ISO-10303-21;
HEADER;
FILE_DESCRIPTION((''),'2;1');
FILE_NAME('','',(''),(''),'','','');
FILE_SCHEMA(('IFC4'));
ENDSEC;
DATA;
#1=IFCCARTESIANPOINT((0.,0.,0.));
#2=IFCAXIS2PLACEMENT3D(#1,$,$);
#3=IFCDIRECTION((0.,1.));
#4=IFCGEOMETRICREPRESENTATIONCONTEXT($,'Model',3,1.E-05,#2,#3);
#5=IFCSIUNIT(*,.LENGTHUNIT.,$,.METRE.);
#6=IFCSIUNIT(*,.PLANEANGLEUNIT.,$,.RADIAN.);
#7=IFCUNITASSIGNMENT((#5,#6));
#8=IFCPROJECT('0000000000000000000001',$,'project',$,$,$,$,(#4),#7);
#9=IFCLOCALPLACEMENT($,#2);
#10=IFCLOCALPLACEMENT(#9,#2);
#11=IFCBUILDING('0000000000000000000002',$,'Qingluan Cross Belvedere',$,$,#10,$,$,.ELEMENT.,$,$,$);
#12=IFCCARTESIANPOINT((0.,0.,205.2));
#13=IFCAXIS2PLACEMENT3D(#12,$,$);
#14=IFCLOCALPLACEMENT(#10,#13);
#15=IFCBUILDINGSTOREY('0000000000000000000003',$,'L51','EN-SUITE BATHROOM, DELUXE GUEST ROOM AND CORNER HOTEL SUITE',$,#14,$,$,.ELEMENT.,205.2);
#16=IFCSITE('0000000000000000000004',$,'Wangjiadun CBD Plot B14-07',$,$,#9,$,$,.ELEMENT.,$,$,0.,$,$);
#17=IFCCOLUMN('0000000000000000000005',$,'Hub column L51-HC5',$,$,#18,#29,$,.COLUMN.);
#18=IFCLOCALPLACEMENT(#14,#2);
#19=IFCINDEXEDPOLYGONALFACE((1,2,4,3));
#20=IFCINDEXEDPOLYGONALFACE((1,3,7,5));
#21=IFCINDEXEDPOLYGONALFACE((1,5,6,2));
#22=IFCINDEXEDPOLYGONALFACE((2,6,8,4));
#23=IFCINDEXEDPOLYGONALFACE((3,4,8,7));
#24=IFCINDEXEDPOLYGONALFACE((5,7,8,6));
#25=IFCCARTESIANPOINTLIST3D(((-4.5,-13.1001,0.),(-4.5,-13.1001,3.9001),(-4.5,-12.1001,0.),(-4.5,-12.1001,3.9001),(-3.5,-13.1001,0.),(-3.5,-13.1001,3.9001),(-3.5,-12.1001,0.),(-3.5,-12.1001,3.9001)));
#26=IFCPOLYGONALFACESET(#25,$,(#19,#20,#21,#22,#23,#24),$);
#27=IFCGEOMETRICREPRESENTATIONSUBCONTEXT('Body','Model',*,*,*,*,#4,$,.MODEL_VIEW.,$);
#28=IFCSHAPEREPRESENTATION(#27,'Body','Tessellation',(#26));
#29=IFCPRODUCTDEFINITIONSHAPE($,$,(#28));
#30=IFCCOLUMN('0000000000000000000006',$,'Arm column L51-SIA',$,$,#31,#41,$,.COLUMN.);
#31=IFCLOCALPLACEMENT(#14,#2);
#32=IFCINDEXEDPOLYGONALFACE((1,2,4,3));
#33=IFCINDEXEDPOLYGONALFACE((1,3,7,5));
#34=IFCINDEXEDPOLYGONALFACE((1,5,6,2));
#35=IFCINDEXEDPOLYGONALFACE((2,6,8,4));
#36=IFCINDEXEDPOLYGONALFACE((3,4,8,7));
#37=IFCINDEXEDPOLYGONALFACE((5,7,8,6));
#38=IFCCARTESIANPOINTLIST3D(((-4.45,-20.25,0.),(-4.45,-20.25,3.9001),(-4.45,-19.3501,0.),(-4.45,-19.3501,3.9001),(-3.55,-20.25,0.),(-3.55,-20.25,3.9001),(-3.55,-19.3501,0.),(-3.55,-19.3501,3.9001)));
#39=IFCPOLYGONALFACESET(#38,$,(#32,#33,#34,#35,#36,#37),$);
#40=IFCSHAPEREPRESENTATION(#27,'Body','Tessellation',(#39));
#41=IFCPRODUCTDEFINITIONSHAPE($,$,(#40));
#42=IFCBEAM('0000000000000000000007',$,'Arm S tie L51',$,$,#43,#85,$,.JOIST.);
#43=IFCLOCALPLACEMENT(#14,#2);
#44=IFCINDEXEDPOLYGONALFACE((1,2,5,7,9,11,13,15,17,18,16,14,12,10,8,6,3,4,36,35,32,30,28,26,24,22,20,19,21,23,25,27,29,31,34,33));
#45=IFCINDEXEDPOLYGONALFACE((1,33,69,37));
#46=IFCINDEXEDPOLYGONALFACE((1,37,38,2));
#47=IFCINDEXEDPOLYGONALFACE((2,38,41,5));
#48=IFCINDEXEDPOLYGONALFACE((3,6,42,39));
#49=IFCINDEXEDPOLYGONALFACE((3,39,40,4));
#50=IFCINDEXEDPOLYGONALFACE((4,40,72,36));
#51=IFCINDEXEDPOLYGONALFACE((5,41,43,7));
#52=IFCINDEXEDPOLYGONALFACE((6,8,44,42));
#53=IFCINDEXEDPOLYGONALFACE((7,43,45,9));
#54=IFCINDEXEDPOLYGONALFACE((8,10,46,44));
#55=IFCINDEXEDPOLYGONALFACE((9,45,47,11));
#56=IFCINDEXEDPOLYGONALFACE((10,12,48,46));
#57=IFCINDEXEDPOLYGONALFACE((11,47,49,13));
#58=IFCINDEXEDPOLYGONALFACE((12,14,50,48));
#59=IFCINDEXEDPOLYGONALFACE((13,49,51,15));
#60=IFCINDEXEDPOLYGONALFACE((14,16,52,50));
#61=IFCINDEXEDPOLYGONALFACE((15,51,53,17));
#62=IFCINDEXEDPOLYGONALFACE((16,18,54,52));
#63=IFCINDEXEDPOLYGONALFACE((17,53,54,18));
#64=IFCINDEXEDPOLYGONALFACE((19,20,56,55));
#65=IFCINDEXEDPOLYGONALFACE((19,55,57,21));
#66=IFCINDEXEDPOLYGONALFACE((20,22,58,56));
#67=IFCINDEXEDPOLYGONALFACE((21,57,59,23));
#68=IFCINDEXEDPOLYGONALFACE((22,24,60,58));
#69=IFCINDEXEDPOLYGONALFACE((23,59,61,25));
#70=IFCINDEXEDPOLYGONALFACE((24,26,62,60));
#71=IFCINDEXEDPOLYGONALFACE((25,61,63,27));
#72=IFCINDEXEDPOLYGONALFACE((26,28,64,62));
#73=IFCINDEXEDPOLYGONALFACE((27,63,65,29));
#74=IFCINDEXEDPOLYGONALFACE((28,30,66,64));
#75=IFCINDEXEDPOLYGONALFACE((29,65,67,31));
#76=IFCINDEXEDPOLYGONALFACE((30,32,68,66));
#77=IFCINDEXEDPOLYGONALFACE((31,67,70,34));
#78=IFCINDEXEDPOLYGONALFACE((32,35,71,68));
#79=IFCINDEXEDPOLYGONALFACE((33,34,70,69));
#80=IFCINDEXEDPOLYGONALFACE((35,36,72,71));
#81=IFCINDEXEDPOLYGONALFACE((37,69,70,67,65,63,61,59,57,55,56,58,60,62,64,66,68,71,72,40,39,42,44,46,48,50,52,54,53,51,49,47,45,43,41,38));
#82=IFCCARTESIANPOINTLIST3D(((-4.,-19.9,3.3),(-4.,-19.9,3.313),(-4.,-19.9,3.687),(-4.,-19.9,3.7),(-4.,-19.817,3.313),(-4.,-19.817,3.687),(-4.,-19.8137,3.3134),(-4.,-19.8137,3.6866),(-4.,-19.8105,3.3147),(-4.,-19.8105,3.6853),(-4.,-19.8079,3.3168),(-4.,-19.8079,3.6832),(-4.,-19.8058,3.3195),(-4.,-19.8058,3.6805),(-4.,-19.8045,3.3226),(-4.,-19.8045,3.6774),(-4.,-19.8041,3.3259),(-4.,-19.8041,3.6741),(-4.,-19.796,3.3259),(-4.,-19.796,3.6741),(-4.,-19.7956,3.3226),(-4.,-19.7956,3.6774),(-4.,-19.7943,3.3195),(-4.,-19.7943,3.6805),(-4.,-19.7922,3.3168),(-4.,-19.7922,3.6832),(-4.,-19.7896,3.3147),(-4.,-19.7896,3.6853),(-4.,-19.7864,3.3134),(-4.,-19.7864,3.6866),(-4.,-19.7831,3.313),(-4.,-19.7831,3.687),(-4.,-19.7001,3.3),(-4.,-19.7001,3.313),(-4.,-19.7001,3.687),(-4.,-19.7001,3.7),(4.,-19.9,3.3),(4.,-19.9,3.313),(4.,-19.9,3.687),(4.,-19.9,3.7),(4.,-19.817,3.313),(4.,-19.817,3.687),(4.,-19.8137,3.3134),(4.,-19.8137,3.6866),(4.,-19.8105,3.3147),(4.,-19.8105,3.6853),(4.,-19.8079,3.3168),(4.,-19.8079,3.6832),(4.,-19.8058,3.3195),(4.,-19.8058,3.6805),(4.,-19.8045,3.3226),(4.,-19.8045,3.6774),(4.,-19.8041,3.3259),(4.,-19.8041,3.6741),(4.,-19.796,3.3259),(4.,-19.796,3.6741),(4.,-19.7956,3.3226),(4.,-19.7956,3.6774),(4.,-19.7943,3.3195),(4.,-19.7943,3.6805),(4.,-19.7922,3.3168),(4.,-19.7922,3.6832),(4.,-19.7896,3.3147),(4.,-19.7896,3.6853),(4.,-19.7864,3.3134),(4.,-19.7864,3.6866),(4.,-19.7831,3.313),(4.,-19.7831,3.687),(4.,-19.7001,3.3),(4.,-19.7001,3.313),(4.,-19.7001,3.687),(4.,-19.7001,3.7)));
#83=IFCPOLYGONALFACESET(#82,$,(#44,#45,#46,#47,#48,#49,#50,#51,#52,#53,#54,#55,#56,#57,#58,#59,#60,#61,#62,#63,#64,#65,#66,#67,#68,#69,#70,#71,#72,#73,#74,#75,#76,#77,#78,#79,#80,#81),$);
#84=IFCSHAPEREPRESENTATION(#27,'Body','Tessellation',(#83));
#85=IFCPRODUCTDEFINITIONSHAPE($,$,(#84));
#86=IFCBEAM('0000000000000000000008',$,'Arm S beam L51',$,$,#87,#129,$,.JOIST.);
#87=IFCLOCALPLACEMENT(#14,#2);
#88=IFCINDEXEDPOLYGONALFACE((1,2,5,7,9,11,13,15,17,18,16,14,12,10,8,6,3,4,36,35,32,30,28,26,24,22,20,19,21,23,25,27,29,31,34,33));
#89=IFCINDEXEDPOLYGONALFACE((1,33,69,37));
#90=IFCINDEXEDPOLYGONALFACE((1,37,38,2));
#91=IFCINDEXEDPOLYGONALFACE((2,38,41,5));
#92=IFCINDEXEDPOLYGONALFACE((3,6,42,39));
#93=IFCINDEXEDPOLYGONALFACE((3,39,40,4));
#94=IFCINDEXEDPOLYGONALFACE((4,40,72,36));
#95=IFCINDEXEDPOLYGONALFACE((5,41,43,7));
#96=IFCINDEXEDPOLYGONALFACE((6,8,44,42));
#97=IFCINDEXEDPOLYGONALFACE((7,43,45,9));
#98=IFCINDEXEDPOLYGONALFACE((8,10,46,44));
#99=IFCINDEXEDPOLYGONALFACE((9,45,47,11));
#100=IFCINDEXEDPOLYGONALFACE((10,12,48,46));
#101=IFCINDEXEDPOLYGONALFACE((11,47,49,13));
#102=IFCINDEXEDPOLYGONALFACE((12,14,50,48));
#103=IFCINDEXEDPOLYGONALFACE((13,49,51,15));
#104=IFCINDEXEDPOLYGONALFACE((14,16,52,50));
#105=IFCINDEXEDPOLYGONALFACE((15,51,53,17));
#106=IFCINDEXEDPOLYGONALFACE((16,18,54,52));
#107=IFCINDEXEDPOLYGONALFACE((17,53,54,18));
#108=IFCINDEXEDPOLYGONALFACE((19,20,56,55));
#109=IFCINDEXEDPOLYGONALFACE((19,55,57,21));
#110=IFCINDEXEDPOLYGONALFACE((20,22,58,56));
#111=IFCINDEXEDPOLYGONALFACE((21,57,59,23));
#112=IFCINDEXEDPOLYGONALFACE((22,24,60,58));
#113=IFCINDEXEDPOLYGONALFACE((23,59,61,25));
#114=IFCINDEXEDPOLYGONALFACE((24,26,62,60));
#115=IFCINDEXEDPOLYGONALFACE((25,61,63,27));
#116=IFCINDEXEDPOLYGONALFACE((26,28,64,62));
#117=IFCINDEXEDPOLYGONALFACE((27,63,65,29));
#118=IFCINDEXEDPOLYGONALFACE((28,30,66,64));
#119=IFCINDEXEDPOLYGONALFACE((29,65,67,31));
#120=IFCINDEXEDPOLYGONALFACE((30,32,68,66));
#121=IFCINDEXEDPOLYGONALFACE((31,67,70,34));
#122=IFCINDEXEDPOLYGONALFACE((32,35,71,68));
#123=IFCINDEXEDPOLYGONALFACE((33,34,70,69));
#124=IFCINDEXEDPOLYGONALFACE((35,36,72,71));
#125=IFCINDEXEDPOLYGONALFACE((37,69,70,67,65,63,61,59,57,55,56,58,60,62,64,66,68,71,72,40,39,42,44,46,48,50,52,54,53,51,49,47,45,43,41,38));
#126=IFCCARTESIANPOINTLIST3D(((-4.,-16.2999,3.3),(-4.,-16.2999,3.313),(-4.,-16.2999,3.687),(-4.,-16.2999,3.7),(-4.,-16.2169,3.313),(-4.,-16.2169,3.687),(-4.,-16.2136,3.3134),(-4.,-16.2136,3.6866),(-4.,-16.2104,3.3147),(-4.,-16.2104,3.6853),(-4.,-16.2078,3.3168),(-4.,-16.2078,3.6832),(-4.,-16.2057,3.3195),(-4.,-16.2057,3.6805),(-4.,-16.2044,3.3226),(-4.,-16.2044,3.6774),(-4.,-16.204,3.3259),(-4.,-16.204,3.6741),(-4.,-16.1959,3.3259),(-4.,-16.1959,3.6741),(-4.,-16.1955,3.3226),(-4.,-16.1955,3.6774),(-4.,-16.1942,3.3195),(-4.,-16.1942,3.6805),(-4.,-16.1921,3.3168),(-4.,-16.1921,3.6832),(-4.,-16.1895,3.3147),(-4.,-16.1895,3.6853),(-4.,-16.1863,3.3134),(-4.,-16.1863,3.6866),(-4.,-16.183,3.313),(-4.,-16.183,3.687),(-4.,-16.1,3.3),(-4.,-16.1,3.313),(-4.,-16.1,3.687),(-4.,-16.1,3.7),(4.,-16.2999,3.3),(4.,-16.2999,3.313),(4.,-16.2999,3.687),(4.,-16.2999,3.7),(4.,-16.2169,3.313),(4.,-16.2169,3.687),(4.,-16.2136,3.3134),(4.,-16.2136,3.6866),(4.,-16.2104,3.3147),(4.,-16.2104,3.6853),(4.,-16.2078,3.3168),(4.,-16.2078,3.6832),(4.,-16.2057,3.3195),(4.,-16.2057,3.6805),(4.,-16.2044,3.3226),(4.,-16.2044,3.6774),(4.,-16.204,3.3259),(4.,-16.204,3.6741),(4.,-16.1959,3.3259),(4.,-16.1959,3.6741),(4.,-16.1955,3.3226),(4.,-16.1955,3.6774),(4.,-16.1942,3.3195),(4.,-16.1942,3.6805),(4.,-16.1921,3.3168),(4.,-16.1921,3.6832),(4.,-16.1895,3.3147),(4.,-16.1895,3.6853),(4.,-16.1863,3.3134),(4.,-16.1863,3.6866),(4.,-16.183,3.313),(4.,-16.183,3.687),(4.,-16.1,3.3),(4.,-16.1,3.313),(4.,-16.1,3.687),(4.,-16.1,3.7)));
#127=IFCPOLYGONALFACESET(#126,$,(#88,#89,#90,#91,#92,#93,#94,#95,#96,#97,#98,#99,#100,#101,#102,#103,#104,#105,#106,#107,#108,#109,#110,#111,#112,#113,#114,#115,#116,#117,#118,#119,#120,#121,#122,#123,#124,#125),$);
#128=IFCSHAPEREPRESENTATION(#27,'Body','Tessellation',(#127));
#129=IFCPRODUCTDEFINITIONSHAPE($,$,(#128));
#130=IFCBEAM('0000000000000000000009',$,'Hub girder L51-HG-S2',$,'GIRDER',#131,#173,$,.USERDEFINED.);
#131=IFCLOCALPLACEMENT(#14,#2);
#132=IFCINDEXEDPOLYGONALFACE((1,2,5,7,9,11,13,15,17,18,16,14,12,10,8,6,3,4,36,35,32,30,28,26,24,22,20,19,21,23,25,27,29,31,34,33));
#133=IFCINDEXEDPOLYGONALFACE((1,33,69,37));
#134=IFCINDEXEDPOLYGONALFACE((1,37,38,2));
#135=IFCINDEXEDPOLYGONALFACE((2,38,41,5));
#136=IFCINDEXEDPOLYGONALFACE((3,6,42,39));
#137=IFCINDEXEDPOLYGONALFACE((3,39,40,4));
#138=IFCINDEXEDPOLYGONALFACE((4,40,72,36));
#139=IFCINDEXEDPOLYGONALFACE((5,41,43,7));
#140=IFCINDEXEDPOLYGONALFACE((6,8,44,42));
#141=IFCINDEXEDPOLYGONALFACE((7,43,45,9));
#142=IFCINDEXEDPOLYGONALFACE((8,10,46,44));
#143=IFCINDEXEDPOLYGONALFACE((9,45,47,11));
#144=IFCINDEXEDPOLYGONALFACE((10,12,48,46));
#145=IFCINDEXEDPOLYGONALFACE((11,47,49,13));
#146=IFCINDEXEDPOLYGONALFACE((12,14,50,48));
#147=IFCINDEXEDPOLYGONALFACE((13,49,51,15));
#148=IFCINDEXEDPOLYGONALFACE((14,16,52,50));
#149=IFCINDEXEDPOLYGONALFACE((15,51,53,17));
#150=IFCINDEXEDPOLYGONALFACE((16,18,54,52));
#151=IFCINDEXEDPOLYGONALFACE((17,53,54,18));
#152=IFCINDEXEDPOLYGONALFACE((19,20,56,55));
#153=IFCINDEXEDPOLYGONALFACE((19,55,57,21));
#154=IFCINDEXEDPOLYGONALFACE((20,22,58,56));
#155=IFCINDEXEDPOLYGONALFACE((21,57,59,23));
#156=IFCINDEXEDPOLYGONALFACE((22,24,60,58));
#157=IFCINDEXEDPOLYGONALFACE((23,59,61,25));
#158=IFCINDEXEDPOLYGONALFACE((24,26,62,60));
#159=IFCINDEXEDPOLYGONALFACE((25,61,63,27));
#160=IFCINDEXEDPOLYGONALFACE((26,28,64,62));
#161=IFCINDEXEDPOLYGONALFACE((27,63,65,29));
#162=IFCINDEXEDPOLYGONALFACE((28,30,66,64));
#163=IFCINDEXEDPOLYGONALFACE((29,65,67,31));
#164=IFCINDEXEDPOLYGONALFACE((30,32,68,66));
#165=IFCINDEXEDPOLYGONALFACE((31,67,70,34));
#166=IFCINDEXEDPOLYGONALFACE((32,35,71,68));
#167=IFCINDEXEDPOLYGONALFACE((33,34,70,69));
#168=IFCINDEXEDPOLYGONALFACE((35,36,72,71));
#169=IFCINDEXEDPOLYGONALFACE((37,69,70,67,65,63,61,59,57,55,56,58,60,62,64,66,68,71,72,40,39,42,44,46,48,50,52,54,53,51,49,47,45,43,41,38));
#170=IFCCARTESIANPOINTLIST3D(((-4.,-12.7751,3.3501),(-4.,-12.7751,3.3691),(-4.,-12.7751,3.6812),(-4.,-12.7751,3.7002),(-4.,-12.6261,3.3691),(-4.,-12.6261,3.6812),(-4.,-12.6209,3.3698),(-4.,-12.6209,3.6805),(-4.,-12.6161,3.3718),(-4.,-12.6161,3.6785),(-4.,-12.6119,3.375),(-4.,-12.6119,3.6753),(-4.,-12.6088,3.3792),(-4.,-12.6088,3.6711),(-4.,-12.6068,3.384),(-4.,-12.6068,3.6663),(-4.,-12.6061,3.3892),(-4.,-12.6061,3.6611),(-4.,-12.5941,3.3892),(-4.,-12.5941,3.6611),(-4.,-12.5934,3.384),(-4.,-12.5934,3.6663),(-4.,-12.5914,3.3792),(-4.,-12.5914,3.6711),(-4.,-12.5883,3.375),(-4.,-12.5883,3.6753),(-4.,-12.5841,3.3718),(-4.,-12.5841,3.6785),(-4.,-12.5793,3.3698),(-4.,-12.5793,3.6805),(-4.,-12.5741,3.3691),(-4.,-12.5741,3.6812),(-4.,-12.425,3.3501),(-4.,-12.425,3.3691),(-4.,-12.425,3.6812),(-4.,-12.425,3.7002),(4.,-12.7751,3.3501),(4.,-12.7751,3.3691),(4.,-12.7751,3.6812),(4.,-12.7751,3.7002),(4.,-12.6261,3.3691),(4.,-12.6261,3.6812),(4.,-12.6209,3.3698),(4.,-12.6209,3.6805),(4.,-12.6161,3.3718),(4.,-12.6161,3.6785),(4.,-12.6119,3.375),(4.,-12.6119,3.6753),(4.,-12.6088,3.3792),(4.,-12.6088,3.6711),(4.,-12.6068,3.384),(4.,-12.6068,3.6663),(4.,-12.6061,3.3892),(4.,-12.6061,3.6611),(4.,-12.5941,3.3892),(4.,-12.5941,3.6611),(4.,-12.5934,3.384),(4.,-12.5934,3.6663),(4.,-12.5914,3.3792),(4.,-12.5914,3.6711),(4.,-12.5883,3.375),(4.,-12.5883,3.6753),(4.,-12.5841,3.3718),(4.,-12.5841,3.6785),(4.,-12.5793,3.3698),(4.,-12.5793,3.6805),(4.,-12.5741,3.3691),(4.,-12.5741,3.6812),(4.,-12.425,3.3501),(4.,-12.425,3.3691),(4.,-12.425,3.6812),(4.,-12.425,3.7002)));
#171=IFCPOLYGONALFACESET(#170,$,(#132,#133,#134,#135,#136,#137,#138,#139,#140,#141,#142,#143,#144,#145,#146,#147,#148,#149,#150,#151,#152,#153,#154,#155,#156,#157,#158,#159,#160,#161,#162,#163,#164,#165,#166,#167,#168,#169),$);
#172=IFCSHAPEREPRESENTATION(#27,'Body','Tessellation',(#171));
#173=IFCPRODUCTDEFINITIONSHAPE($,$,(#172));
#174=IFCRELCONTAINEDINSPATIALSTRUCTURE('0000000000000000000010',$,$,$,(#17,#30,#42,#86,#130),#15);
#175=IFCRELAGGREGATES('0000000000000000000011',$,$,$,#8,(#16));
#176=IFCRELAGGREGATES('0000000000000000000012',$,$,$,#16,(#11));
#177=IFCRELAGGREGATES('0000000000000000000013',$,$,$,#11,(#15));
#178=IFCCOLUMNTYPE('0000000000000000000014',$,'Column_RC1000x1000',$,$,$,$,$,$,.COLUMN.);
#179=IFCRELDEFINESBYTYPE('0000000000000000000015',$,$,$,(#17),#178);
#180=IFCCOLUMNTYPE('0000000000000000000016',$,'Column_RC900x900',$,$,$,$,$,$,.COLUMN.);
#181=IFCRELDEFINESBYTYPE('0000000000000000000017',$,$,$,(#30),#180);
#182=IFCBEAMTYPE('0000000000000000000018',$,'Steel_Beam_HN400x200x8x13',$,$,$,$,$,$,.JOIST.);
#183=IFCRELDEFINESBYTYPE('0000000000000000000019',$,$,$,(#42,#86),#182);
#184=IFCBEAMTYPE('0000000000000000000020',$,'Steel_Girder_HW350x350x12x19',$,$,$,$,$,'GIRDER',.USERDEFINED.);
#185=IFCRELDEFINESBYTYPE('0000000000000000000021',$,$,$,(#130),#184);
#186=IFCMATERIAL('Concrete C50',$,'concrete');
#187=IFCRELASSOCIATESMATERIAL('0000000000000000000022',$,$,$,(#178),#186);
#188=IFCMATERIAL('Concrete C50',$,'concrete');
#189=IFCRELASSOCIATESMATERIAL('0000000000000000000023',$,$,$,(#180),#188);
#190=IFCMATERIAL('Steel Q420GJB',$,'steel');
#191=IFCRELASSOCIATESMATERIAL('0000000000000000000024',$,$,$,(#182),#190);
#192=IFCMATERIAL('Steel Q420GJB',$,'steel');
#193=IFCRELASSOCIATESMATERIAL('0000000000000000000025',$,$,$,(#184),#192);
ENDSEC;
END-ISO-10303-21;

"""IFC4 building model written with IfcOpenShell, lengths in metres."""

from ifc_helpers import new_model, si_unit, direction, frame, origin, origin_2d, place, context, subcontext, project, spatial, rectangle, i_section, extrude, material, material_profile, profile_set, type_object, element, save


model = new_model("IFC4")

# Units and contexts
model_context = context("Model", 3, precision=1e-05, world=origin(), true_north=direction((0.0, 1.0)))
body_context = subcontext(model_context, "Body", "Model", "MODEL_VIEW")
ifc_project = project(units=[si_unit("LENGTHUNIT", "METRE"), si_unit("PLANEANGLEUNIT", "RADIAN")], contexts=[model_context])

# Site, building, storey
site_placement = place(None, origin())
site = spatial("IfcSite", under=ifc_project, at=site_placement, Name="Wangjiadun CBD Plot B14-07", CompositionType="ELEMENT", RefElevation=0.0)
building_placement = place(site_placement, origin())
building = spatial("IfcBuilding", under=site, at=building_placement, Name="Qingluan Cross Belvedere", CompositionType="ELEMENT")
storey_placement = place(building_placement, frame((0.0, 0.0, 205.2)))
storey = spatial("IfcBuildingStorey", under=building, at=storey_placement, Name="L51", Description="EN-SUITE BATHROOM, DELUXE GUEST ROOM AND CORNER HOTEL SUITE", CompositionType="ELEMENT", Elevation=205.2)

# Columns
ifc_material_1 = material(Name="Concrete C50", Category="concrete")
ifc_material_profile_1 = material_profile(ifc_material_1, rectangle(XDim=1.0, YDim=1.0, at=origin_2d()), Name="RC1000x1000")
ifc_profile_set_1 = profile_set([ifc_material_profile_1], Name="Concrete C50")
column_type_1 = type_object("IfcColumnType", Name="Column_RC1000x1000", PredefinedType="COLUMN", material=ifc_profile_set_1)
column_1_placement = place(storey_placement, frame((-4.0, -12.6001, 0.0), z_axis=(0.0, 0.0, 1.0), x_axis=(1.0, 0.0, 0.0)))
element("IfcColumn", 1, at=column_1_placement, inside=storey, type_object=column_type_1, Name="Hub column L51-HC5", PredefinedType="COLUMN", context=body_context, shape_type="SweptSolid", body=[
    extrude(rectangle(XDim=1.0, YDim=1.0, at=origin_2d()), origin(), (0.0, 0.0, 1.0), 3.9001),
])
ifc_material_2 = material(Name="Concrete C50", Category="concrete")
ifc_material_profile_2 = material_profile(ifc_material_2, rectangle(XDim=0.8999, YDim=0.8999, at=origin_2d()), Name="RC900x900")
ifc_profile_set_2 = profile_set([ifc_material_profile_2], Name="Concrete C50")
column_type_2 = type_object("IfcColumnType", Name="Column_RC900x900", PredefinedType="COLUMN", material=ifc_profile_set_2)
column_2_placement = place(storey_placement, frame((-4.0, -19.8, 0.0), z_axis=(0.0, 0.0, 1.0), x_axis=(1.0, 0.0, 0.0)))
element("IfcColumn", 2, at=column_2_placement, inside=storey, type_object=column_type_2, Name="Arm column L51-SIA", PredefinedType="COLUMN", context=body_context, shape_type="SweptSolid", body=[
    extrude(rectangle(XDim=0.8999, YDim=0.8999, at=origin_2d()), origin(), (0.0, 0.0, 1.0), 3.9001),
])

# Beams
ifc_material_3 = material(Name="Steel Q420GJB", Category="steel")
ifc_material_profile_3 = material_profile(ifc_material_3, i_section(OverallWidth=0.2, OverallDepth=0.3999, WebThickness=0.0081, FlangeThickness=0.0129, FilletRadius=0.0129, at=origin_2d()), Name="HN400x200x8x13")
ifc_profile_set_3 = profile_set([ifc_material_profile_3], Name="Steel Q420GJB")
beam_type_1 = type_object("IfcBeamType", Name="Steel_Beam_HN400x200x8x13", PredefinedType="JOIST", material=ifc_profile_set_3)
for number, where, z_axis, x_axis, name in (
    (3, (-4.0, -19.8, 3.5), (1.0, 0.0, 0.0), (0.0, 1.0, 0.0), "Arm S tie L51"),
    (4, (-4.0, -16.2, 3.5), (1.0, 0.0, 0.0), (0.0, 1.0, 0.0), "Arm S beam L51"),
):
    element("IfcBeam", number, at=place(storey_placement, frame(where, z_axis=z_axis, x_axis=x_axis)), inside=storey, type_object=beam_type_1, Name=name, PredefinedType="JOIST", context=body_context, shape_type="SweptSolid", body=[
        extrude(i_section(OverallWidth=0.2, OverallDepth=0.3999, WebThickness=0.0081, FlangeThickness=0.0129, FilletRadius=0.0129, at=origin_2d()), origin(), (0.0, 0.0, 1.0), 8.0),
    ])
ifc_material_4 = material(Name="Steel Q420GJB", Category="steel")
ifc_material_profile_4 = material_profile(ifc_material_4, i_section(OverallWidth=0.3501, OverallDepth=0.3501, WebThickness=0.012, FlangeThickness=0.019, FilletRadius=0.02, at=origin_2d()), Name="HW350x350x12x19")
ifc_profile_set_4 = profile_set([ifc_material_profile_4], Name="Steel Q420GJB")
beam_type_2 = type_object("IfcBeamType", Name="Steel_Girder_HW350x350x12x19", ElementType="GIRDER", PredefinedType="USERDEFINED", material=ifc_profile_set_4)
beam_1_placement = place(storey_placement, frame((-4.0, -12.6001, 3.5251), z_axis=(1.0, 0.0, 0.0), x_axis=(0.0, 1.0, 0.0)))
element("IfcBeam", 5, at=beam_1_placement, inside=storey, type_object=beam_type_2, Name="Hub girder L51-HG-S2", ObjectType="GIRDER", PredefinedType="USERDEFINED", context=body_context, shape_type="SweptSolid", body=[
    extrude(i_section(OverallWidth=0.3501, OverallDepth=0.3501, WebThickness=0.012, FlangeThickness=0.019, FilletRadius=0.02, at=origin_2d()), origin(), (0.0, 0.0, 1.0), 8.0),
])

save(model, "model.ifc")
